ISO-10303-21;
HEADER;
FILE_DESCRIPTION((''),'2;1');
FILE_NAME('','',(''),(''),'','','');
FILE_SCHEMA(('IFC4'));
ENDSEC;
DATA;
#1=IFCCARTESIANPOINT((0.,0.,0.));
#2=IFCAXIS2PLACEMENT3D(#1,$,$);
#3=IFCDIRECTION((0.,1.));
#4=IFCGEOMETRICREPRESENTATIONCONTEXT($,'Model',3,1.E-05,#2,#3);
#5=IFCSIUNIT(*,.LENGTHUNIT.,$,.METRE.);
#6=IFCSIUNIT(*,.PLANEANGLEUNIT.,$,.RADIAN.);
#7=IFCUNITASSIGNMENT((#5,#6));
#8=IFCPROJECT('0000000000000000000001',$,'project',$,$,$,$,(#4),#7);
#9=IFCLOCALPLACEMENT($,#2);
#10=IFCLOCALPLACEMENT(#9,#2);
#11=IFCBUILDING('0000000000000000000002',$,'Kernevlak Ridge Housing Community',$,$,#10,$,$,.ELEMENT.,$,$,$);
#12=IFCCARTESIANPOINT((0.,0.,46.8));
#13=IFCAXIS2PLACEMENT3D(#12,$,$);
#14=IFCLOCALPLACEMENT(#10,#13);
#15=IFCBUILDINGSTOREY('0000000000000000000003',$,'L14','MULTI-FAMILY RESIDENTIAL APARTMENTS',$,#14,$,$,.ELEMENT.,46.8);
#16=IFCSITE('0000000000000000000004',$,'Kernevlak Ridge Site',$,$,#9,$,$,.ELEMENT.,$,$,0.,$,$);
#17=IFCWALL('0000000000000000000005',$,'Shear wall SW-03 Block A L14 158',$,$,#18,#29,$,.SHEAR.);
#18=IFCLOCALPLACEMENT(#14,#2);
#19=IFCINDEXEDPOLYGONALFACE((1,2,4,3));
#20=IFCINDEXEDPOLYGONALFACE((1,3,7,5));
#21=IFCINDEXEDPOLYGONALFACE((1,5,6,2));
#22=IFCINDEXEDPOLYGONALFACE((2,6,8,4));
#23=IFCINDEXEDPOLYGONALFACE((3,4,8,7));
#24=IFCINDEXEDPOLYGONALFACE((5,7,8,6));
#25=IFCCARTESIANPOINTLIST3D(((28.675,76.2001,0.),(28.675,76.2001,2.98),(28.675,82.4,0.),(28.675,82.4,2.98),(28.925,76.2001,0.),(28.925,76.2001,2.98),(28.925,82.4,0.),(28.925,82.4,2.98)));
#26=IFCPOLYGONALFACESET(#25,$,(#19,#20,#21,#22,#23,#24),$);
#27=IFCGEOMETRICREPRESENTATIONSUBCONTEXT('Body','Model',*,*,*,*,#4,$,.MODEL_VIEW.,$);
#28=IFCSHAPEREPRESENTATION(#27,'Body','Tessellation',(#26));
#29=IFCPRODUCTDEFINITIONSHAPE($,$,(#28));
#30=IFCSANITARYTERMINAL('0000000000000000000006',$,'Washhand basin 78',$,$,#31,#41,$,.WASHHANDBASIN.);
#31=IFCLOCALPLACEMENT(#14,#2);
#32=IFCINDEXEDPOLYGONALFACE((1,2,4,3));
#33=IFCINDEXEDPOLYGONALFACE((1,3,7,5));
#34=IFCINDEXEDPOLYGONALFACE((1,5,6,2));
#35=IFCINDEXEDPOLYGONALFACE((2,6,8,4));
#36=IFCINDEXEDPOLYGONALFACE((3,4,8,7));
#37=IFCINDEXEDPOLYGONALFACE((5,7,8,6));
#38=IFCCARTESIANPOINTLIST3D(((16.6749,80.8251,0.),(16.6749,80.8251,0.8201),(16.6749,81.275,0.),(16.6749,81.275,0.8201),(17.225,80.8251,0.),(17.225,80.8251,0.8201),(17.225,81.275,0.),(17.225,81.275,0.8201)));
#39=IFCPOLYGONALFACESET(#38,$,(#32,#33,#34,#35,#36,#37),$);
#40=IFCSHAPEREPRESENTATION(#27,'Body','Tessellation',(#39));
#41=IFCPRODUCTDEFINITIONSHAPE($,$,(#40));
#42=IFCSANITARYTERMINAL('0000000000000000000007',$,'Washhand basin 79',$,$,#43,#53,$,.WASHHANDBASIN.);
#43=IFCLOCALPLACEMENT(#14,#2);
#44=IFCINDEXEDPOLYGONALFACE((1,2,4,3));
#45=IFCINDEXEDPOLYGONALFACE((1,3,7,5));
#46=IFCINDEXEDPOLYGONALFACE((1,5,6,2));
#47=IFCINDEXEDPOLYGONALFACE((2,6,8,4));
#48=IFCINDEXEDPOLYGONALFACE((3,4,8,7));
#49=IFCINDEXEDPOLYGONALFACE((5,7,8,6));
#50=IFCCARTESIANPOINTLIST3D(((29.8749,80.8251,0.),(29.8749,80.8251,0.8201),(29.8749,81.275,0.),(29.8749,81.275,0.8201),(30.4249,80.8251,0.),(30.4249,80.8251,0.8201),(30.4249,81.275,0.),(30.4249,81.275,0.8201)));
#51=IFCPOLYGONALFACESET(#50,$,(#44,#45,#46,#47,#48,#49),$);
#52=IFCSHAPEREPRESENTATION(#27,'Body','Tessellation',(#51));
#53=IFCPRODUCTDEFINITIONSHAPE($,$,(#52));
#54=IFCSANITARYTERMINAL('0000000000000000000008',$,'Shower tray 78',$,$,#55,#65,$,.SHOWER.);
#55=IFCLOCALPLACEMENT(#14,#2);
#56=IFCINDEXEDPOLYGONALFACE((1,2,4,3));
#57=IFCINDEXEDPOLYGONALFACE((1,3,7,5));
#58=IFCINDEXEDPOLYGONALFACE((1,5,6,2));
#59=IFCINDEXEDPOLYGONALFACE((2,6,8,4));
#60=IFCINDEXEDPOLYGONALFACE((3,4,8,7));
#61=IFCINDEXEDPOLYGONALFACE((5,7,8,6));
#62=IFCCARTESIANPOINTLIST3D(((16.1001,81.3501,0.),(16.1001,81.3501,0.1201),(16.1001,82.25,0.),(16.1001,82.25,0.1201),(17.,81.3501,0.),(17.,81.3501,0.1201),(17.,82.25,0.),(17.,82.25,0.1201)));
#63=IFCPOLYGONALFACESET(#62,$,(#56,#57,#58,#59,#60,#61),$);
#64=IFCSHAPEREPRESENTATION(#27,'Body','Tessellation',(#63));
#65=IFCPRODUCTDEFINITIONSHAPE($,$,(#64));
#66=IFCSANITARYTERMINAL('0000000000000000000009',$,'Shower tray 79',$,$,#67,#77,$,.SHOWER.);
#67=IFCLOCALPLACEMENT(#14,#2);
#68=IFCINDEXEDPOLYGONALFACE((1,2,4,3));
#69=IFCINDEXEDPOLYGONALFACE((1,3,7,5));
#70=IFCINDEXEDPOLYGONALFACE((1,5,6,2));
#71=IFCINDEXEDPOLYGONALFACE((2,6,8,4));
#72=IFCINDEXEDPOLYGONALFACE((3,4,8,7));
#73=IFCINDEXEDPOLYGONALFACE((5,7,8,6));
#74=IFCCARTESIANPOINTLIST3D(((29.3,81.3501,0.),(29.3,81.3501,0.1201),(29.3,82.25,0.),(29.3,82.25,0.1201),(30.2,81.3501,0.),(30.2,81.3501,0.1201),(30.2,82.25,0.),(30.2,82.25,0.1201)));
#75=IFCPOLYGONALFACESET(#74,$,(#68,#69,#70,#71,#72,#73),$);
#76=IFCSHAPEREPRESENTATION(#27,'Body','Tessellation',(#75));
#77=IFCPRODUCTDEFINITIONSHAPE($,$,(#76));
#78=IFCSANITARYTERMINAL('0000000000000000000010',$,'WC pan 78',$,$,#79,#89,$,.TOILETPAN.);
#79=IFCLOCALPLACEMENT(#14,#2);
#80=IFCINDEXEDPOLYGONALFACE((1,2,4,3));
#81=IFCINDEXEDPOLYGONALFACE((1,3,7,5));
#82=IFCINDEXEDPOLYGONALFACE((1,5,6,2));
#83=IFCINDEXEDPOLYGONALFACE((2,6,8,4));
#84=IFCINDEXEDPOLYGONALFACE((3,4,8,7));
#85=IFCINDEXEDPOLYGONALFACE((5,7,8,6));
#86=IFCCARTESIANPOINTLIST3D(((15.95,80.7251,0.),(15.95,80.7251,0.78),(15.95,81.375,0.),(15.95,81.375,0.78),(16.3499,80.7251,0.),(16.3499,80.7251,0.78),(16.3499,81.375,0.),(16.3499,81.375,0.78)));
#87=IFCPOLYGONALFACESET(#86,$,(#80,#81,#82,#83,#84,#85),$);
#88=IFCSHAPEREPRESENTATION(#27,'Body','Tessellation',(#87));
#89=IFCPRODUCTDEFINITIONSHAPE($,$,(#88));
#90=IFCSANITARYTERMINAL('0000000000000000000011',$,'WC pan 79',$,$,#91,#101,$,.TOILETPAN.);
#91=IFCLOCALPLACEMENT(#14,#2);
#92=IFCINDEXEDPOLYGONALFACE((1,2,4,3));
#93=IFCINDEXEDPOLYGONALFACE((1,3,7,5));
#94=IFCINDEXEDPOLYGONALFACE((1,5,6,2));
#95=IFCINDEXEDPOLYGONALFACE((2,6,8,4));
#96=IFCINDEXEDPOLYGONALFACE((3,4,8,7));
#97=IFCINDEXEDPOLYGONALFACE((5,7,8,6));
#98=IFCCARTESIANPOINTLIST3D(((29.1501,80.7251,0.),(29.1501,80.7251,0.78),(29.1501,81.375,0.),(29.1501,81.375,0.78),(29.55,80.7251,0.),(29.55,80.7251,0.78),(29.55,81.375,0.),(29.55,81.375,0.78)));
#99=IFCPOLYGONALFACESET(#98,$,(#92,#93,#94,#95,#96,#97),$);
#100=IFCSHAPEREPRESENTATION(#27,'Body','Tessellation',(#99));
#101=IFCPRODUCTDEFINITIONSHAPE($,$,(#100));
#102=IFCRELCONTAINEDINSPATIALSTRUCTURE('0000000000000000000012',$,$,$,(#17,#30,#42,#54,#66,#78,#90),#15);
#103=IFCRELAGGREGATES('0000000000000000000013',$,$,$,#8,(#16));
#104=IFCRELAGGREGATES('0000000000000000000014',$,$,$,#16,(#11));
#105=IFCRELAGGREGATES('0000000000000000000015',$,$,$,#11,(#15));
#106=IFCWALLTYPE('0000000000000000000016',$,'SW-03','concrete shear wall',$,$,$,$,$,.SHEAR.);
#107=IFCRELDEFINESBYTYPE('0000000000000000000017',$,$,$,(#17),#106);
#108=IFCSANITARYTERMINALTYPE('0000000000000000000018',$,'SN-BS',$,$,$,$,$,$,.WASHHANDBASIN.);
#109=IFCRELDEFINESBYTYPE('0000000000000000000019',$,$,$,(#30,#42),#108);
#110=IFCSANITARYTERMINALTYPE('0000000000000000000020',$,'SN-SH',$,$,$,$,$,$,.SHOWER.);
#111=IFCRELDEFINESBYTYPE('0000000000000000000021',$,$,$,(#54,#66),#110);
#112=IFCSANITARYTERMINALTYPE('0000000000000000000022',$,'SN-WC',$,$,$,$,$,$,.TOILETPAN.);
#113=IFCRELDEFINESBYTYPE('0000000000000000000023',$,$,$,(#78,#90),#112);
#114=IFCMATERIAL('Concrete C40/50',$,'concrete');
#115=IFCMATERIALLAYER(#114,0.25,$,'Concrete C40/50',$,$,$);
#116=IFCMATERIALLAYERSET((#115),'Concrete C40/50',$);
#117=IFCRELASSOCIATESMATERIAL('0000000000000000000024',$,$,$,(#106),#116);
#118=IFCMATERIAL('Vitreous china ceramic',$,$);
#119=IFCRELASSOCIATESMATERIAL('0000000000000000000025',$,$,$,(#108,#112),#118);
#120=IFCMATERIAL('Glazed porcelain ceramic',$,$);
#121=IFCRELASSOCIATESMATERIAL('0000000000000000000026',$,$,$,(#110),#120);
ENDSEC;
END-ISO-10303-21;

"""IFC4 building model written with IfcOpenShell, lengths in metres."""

from ifc_helpers import new_model, si_unit, direction, frame, frame_2d, origin, origin_2d, place, context, subcontext, project, spatial, rectangle, extrude, material, layer, layer_set, type_object, element, save


model = new_model("IFC4")

# Units and contexts
model_context = context("Model", 3, precision=1e-05, world=origin(), true_north=direction((0.0, 1.0)))
body_context = subcontext(model_context, "Body", "Model", "MODEL_VIEW")
ifc_project = project(units=[si_unit("LENGTHUNIT", "METRE"), si_unit("PLANEANGLEUNIT", "RADIAN")], contexts=[model_context])

# Site, building, storey
site_placement = place(None, origin())
site = spatial("IfcSite", under=ifc_project, at=site_placement, Name="Kernevlak Ridge Site", CompositionType="ELEMENT", RefElevation=0.0)
building_placement = place(site_placement, origin())
building = spatial("IfcBuilding", under=site, at=building_placement, Name="Kernevlak Ridge Housing Community", CompositionType="ELEMENT")
storey_placement = place(building_placement, frame((0.0, 0.0, 46.8)))
storey = spatial("IfcBuildingStorey", under=building, at=storey_placement, Name="L14", Description="MULTI-FAMILY RESIDENTIAL APARTMENTS", CompositionType="ELEMENT", Elevation=46.8)

# Wall
ifc_material_1 = material(Name="Concrete C40/50", Category="concrete")
ifc_layer_1 = layer(ifc_material_1, 0.25, Name="Concrete C40/50")
ifc_layer_set_1 = layer_set([ifc_layer_1], Name="Concrete C40/50")
wall_type_1 = type_object("IfcWallType", Name="SW-03", Description="concrete shear wall", PredefinedType="SHEAR", material=ifc_layer_set_1)
wall_1_placement = place(storey_placement, frame((28.8, 76.2, 0.0), z_axis=(0.0, 0.0, 1.0), x_axis=(0.0, 1.0, 0.0)))
element("IfcWall", 1, at=wall_1_placement, inside=storey, type_object=wall_type_1, Name="Shear wall SW-03 Block A L14 158", PredefinedType="SHEAR", context=body_context, shape_type="SweptSolid", body=[
    extrude(rectangle(XDim=6.2, YDim=0.25, at=frame_2d((3.1001, 0.0))), origin(), (0.0, 0.0, 1.0), 2.98),
])

# Sanitary terminals
ifc_material_2 = material(Name="Vitreous china ceramic")
sanitary_terminal_type_1 = type_object("IfcSanitaryTerminalType", Name="SN-BS", PredefinedType="WASHHANDBASIN", material=ifc_material_2)
for number, where, z_axis, x_axis, name in (
    (2, (16.95, 81.05, 0.0), (0.0, 0.0, 1.0), (1.0, 0.0, 0.0), "Washhand basin 78"),
    (3, (30.1499, 81.05, 0.0), (0.0, 0.0, 1.0), (1.0, 0.0, 0.0), "Washhand basin 79"),
):
    element("IfcSanitaryTerminal", number, at=place(storey_placement, frame(where, z_axis=z_axis, x_axis=x_axis)), inside=storey, type_object=sanitary_terminal_type_1, Name=name, PredefinedType="WASHHANDBASIN", context=body_context, shape_type="SweptSolid", body=[
        extrude(rectangle(XDim=0.55, YDim=0.45, at=origin_2d()), origin(), (0.0, 0.0, 1.0), 0.8201),
    ])
ifc_material_3 = material(Name="Glazed porcelain ceramic")
sanitary_terminal_type_2 = type_object("IfcSanitaryTerminalType", Name="SN-SH", PredefinedType="SHOWER", material=ifc_material_3)
for number, where, z_axis, x_axis, name in (
    (4, (16.55, 81.8, 0.0), (0.0, 0.0, 1.0), (1.0, 0.0, 0.0), "Shower tray 78"),
    (5, (29.75, 81.8, 0.0), (0.0, 0.0, 1.0), (1.0, 0.0, 0.0), "Shower tray 79"),
):
    element("IfcSanitaryTerminal", number, at=place(storey_placement, frame(where, z_axis=z_axis, x_axis=x_axis)), inside=storey, type_object=sanitary_terminal_type_2, Name=name, PredefinedType="SHOWER", context=body_context, shape_type="SweptSolid", body=[
        extrude(rectangle(XDim=0.8999, YDim=0.8999, at=origin_2d()), origin(), (0.0, 0.0, 1.0), 0.1201),
    ])
sanitary_terminal_type_3 = type_object("IfcSanitaryTerminalType", Name="SN-WC", PredefinedType="TOILETPAN", material=ifc_material_2)
for number, where, z_axis, x_axis, name in (
    (6, (16.1499, 81.05, 0.0), (0.0, 0.0, 1.0), (1.0, 0.0, 0.0), "WC pan 78"),
    (7, (29.3501, 81.05, 0.0), (0.0, 0.0, 1.0), (1.0, 0.0, 0.0), "WC pan 79"),
):
    element("IfcSanitaryTerminal", number, at=place(storey_placement, frame(where, z_axis=z_axis, x_axis=x_axis)), inside=storey, type_object=sanitary_terminal_type_3, Name=name, PredefinedType="TOILETPAN", context=body_context, shape_type="SweptSolid", body=[
        extrude(rectangle(XDim=0.3999, YDim=0.6499, at=origin_2d()), origin(), (0.0, 0.0, 1.0), 0.78),
    ])

save(model, "model.ifc")
